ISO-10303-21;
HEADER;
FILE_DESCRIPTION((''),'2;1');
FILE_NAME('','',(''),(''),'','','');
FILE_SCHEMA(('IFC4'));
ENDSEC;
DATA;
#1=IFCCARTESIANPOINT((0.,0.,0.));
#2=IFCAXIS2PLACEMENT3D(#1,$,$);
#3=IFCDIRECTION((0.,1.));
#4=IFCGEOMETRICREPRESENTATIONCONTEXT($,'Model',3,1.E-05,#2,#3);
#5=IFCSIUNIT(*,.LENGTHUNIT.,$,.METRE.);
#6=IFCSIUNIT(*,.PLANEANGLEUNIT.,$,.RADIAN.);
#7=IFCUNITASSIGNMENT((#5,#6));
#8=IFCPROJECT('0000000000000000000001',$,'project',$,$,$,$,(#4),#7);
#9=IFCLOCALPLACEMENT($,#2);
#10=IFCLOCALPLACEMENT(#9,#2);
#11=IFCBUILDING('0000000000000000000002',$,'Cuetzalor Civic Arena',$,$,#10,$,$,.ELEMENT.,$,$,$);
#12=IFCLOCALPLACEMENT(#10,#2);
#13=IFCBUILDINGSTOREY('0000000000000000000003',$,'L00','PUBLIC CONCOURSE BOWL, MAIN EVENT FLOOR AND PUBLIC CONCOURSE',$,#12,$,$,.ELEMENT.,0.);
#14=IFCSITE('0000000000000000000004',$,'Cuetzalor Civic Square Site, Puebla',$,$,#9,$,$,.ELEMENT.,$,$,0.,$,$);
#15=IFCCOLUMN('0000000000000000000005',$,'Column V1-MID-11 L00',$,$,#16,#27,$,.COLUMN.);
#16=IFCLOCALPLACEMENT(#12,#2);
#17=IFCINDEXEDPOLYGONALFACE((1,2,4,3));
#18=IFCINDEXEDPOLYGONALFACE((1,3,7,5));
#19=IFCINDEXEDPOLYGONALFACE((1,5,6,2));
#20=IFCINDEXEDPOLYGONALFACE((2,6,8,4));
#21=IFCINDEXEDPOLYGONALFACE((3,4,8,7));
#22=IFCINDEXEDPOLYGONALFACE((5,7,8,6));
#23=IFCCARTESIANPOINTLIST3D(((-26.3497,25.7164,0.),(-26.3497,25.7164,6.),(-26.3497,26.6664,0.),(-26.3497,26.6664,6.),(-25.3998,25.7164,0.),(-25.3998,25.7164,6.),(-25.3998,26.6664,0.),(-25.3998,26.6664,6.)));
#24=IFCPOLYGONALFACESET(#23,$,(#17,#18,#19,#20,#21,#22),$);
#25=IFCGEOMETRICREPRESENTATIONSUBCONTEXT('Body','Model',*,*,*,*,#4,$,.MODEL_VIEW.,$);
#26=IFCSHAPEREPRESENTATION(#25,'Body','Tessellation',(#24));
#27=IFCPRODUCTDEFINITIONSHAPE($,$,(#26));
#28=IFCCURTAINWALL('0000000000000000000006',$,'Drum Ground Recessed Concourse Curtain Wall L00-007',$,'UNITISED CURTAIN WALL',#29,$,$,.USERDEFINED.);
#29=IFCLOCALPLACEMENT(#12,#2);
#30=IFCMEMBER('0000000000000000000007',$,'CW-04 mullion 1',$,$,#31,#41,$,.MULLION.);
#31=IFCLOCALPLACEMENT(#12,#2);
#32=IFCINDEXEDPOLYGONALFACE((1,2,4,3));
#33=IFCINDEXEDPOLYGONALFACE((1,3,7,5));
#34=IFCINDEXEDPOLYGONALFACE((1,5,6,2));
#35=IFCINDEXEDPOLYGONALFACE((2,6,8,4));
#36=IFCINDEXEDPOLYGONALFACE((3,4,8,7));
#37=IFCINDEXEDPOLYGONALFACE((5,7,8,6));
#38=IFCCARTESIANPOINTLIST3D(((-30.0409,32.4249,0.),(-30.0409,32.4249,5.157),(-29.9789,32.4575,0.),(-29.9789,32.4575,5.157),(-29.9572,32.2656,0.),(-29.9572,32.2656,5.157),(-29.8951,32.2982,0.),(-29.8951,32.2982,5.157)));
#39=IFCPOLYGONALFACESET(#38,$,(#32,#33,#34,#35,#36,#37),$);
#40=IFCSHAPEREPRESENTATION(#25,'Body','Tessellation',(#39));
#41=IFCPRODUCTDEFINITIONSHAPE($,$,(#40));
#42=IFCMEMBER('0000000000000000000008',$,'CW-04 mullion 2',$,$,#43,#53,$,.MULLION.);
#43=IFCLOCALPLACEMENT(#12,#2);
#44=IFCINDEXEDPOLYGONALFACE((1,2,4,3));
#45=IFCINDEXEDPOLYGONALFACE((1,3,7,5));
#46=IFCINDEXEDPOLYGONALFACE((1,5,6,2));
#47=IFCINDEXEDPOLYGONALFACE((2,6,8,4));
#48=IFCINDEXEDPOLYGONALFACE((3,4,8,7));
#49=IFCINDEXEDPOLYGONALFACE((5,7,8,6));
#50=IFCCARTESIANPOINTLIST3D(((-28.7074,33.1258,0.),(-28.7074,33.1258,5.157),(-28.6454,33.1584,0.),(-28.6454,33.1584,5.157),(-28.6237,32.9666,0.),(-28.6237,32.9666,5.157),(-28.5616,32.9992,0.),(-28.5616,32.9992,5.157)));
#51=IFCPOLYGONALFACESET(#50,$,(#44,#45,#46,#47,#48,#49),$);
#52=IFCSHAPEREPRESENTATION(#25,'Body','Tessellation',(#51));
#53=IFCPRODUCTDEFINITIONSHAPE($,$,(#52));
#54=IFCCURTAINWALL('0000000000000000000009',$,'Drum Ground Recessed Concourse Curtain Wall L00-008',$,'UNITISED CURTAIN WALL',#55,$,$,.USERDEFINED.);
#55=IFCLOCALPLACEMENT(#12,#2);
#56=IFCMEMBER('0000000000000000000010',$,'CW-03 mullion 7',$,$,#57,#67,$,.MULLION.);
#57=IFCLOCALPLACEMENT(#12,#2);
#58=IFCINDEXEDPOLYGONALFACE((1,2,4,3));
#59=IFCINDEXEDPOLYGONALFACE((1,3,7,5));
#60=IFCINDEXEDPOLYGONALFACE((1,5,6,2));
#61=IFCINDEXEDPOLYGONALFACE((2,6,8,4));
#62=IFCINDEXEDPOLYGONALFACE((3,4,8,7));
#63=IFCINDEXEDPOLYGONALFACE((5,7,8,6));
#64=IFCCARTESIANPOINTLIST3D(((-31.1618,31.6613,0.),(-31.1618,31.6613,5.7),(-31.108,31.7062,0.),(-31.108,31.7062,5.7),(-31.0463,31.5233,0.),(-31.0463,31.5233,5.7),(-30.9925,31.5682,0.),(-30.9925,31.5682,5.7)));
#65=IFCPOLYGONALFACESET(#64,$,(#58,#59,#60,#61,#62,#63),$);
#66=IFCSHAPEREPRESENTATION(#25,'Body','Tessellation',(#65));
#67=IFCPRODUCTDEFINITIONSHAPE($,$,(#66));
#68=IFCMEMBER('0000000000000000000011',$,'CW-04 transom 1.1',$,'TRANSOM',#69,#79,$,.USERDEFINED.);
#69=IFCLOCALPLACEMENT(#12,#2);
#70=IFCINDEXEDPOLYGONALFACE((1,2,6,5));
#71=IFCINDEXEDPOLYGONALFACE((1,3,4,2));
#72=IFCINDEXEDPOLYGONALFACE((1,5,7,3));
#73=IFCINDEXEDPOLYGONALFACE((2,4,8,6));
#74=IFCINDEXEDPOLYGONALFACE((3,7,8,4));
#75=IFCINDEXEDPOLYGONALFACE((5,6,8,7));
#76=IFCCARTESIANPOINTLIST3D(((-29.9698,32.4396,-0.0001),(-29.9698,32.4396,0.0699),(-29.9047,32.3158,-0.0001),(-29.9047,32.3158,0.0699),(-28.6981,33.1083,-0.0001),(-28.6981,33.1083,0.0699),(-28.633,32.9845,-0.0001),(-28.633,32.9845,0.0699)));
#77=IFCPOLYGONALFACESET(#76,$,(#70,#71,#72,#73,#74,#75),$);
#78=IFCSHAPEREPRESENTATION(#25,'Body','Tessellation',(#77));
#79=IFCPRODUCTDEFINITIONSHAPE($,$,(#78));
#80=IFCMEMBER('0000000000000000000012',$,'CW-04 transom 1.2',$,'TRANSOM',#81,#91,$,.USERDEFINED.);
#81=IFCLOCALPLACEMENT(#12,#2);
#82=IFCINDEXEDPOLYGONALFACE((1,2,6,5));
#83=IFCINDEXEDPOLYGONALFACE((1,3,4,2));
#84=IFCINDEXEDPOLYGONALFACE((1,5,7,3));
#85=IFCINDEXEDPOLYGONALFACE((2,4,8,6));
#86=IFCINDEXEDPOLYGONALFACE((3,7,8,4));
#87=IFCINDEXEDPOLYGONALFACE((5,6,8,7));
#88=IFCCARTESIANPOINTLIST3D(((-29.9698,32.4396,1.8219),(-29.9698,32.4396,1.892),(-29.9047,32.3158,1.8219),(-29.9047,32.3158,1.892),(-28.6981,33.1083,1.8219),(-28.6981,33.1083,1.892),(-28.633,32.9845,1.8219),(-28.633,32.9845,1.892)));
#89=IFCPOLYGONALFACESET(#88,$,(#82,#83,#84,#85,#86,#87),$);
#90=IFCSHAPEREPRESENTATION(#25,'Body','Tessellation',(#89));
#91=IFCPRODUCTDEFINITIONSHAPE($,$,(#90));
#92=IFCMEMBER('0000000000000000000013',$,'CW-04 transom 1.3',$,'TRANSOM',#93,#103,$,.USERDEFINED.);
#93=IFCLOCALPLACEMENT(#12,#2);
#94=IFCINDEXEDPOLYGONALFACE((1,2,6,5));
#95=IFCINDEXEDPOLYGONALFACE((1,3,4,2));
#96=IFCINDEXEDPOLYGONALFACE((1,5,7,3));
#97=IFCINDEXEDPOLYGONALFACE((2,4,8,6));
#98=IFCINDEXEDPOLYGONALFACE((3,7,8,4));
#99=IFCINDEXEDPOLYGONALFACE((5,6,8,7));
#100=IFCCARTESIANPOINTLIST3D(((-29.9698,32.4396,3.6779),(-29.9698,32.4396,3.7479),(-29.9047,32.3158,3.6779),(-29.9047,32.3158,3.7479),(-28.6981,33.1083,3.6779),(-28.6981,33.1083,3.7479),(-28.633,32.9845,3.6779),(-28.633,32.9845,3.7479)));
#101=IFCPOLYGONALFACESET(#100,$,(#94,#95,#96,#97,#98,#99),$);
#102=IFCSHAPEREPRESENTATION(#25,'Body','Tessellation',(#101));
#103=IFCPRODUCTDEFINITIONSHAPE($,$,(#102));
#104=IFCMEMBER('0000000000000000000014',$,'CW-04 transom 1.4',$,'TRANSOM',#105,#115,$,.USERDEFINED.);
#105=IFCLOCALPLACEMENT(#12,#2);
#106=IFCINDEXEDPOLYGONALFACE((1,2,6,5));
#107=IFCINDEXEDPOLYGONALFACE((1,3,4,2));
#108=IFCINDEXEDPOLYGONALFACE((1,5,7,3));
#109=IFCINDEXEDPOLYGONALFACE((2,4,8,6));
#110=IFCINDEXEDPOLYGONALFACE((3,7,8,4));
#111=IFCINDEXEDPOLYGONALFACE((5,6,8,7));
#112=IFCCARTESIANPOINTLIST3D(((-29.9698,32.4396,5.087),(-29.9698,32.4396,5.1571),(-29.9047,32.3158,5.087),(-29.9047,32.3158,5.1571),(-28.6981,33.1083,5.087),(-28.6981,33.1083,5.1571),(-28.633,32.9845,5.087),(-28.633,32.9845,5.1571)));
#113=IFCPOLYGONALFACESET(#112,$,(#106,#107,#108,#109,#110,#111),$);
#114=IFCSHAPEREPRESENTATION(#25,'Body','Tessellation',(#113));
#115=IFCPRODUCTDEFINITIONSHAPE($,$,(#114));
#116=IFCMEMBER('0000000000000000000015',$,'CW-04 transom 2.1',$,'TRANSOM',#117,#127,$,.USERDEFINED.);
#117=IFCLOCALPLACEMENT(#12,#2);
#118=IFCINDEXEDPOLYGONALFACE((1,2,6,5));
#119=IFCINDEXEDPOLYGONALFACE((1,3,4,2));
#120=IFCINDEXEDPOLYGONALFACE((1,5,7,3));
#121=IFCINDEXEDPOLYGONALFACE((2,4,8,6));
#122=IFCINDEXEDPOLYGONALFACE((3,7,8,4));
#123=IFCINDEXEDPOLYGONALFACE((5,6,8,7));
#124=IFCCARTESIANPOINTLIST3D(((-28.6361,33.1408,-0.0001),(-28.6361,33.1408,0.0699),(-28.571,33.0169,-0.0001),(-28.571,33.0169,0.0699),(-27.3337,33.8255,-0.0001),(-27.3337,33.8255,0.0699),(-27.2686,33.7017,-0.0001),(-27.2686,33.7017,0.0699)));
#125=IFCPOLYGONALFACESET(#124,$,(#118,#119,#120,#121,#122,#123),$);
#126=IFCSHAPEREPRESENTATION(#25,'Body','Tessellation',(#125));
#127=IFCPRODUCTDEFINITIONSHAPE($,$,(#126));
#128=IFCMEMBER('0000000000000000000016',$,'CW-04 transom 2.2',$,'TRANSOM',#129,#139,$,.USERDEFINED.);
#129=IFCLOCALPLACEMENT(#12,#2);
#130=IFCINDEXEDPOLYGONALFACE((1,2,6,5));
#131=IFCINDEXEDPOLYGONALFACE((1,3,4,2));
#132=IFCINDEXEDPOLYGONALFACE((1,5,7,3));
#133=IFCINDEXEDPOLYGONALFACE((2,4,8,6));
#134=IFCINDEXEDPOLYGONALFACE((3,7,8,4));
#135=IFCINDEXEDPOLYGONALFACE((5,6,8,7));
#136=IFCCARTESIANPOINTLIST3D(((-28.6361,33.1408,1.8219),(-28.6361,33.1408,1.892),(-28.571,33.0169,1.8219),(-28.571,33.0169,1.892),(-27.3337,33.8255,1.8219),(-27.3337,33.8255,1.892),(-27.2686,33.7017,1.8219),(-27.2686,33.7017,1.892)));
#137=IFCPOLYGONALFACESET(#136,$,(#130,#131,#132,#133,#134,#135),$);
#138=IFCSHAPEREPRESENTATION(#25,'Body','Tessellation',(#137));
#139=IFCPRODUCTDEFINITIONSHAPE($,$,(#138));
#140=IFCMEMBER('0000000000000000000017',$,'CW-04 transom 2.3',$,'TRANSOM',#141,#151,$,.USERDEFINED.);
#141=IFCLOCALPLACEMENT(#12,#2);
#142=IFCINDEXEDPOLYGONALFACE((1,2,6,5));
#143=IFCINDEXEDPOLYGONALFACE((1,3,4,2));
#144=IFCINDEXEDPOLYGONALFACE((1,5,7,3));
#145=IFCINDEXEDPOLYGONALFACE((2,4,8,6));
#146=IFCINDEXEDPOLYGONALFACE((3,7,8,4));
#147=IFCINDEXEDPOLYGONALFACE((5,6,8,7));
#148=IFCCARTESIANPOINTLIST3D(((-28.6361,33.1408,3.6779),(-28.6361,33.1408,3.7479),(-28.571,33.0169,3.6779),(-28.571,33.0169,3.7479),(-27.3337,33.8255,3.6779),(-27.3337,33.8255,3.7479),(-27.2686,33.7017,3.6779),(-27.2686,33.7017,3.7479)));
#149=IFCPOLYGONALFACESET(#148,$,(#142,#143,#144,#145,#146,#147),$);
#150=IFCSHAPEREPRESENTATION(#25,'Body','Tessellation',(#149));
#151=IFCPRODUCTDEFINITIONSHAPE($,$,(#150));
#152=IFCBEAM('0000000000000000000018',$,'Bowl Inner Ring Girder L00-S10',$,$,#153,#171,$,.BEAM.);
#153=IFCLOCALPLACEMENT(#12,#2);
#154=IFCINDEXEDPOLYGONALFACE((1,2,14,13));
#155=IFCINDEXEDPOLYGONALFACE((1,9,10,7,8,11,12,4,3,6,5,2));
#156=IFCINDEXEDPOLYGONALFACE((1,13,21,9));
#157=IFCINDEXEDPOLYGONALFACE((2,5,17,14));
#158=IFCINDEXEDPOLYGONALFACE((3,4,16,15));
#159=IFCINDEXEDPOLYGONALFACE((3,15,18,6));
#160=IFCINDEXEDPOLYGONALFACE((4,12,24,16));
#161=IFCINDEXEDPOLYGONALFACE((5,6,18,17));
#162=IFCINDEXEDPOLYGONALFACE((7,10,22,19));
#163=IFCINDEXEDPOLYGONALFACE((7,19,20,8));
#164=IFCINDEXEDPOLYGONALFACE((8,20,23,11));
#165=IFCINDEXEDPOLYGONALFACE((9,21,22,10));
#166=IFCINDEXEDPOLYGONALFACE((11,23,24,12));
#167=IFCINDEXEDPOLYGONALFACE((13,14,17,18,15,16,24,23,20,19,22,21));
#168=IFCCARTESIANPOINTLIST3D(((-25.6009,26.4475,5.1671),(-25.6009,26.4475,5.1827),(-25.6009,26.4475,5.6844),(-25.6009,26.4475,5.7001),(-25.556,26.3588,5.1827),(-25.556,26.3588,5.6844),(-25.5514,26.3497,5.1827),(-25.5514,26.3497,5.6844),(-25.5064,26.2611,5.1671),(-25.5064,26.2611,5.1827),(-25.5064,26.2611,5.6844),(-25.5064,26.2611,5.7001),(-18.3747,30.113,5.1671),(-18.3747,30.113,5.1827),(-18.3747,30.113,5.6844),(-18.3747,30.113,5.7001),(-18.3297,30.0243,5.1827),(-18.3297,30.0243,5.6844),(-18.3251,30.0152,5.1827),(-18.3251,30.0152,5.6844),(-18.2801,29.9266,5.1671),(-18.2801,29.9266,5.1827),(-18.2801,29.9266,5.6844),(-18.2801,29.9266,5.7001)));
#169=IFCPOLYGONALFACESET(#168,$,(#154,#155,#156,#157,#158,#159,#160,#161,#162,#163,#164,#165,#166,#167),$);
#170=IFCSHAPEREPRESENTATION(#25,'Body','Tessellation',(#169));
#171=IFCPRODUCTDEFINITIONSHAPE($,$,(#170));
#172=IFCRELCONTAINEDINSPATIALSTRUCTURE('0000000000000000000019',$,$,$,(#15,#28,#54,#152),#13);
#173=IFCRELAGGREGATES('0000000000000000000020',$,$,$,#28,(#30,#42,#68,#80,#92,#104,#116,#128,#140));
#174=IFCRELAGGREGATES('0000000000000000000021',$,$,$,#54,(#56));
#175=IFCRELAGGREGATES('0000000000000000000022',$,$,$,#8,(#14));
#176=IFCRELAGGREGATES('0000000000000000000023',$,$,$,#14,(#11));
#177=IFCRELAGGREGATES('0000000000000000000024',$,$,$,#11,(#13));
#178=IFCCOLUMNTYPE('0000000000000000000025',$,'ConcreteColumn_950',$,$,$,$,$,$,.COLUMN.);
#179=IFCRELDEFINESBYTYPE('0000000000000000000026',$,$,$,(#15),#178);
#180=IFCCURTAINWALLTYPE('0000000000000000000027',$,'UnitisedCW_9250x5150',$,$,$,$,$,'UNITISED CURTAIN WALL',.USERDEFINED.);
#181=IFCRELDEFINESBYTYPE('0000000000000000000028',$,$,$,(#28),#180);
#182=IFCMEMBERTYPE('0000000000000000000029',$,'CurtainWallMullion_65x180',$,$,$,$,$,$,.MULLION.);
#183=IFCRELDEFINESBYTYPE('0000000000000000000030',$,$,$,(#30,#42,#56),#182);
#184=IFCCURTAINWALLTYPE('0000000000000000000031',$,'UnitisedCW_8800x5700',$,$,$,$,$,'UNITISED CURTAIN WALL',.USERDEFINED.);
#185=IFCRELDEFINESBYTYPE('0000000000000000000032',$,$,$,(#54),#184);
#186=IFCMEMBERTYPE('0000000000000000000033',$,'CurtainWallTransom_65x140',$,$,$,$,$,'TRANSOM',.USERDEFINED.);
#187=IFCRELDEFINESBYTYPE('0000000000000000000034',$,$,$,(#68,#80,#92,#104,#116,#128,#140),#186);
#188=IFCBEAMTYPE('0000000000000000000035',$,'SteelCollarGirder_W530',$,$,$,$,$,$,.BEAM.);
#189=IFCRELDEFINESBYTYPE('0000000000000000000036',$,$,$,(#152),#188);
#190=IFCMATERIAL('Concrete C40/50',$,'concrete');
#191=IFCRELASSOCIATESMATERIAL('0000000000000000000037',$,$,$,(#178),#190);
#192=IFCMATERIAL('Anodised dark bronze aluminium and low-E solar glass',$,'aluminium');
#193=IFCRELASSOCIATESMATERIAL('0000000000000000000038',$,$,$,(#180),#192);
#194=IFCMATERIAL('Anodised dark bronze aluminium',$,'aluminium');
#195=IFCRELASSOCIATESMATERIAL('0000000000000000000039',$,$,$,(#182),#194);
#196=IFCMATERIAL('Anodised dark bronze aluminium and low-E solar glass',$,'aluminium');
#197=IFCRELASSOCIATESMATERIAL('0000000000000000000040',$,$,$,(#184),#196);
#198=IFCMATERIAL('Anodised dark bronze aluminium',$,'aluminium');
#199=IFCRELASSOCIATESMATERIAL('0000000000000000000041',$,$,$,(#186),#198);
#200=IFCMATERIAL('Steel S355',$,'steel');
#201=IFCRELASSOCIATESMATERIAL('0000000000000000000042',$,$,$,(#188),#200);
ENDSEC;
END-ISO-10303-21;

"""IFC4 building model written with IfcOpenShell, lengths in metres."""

from ifc_helpers import new_model, si_unit, direction, frame, origin, origin_2d, place, context, subcontext, project, spatial, rectangle, i_section, extrude, material, material_profile, profile_set, type_object, element, aggregate, save


model = new_model("IFC4")

# Units and contexts
model_context = context("Model", 3, precision=1e-05, world=origin(), true_north=direction((0.0, 1.0)))
body_context = subcontext(model_context, "Body", "Model", "MODEL_VIEW")
ifc_project = project(units=[si_unit("LENGTHUNIT", "METRE"), si_unit("PLANEANGLEUNIT", "RADIAN")], contexts=[model_context])

# Site, building, storey
site_placement = place(None, origin())
site = spatial("IfcSite", under=ifc_project, at=site_placement, Name="Cuetzalor Civic Square Site, Puebla", CompositionType="ELEMENT", RefElevation=0.0)
building_placement = place(site_placement, origin())
building = spatial("IfcBuilding", under=site, at=building_placement, Name="Cuetzalor Civic Arena", CompositionType="ELEMENT")
storey_placement = place(building_placement, origin())
storey = spatial("IfcBuildingStorey", under=building, at=storey_placement, Name="L00", Description="PUBLIC CONCOURSE BOWL, MAIN EVENT FLOOR AND PUBLIC CONCOURSE", CompositionType="ELEMENT", Elevation=0.0)

# Column
ifc_material_1 = material(Name="Concrete C40/50", Category="concrete")
ifc_material_profile_1 = material_profile(ifc_material_1, rectangle(XDim=0.95, YDim=0.95, at=origin_2d()), Name="RC 950x950")
ifc_profile_set_1 = profile_set([ifc_material_profile_1], Name="Concrete C40/50")
column_type = type_object("IfcColumnType", Name="ConcreteColumn_950", PredefinedType="COLUMN", material=ifc_profile_set_1)
for number, where, z_axis, x_axis, name in (
    (1, (-25.8748, 26.1914, 0.0), (0.0, 0.0, 1.0), (1.0, 0.0, 0.0), "Column V1-MID-11 L00"),
):
    element("IfcColumn", number, at=place(storey_placement, frame(where, z_axis=z_axis, x_axis=x_axis)), inside=storey, type_object=column_type, Name=name, PredefinedType="COLUMN", context=body_context, shape_type="SweptSolid", body=[
        extrude(rectangle(XDim=0.95, YDim=0.95, at=origin_2d()), origin(), (0.0, 0.0, 1.0), 6.0),
    ])

# Curtain wall, members
ifc_material_2 = material(Name="Anodised dark bronze aluminium and low-E solar glass", Category="aluminium")
curtain_wall_type_1 = type_object("IfcCurtainWallType", Name="UnitisedCW_9250x5150", ElementType="UNITISED CURTAIN WALL", PredefinedType="USERDEFINED", material=ifc_material_2)
curtain_wall_1_placement = place(storey_placement, origin())
curtain_wall_1 = element("IfcCurtainWall", 2, at=curtain_wall_1_placement, inside=storey, type_object=curtain_wall_type_1, Name="Drum Ground Recessed Concourse Curtain Wall L00-007", ObjectType="UNITISED CURTAIN WALL", PredefinedType="USERDEFINED")
ifc_material_3 = material(Name="Anodised dark bronze aluminium", Category="aluminium")
ifc_material_profile_2 = material_profile(ifc_material_3, rectangle(XDim=0.0701, YDim=0.1799, at=origin_2d()), Name="ALU MULLION 70x180")
ifc_profile_set_2 = profile_set([ifc_material_profile_2], Name="Anodised dark bronze aluminium")
member_type_1 = type_object("IfcMemberType", Name="CurtainWallMullion_65x180", PredefinedType="MULLION", material=ifc_profile_set_2)
member_1_placement = place(storey_placement, frame((-29.968, 32.3616, 0.0), z_axis=(0.0, 0.0, 1.0), x_axis=(0.885118, 0.465366, 0.0)))
member_1 = element("IfcMember", 3, at=member_1_placement, type_object=member_type_1, Name="CW-04 mullion 1", PredefinedType="MULLION", context=body_context, shape_type="SweptSolid", body=[
    extrude(rectangle(XDim=0.0701, YDim=0.1799, at=origin_2d()), origin(), (0.0, 0.0, 1.0), 5.157),
])
member_2_placement = place(storey_placement, frame((-28.6345, 33.0625, 0.0), z_axis=(0.0, 0.0, 1.0), x_axis=(0.885118, 0.465366, 0.0)))
member_2 = element("IfcMember", 4, at=member_2_placement, type_object=member_type_1, Name="CW-04 mullion 2", PredefinedType="MULLION", context=body_context, shape_type="SweptSolid", body=[
    extrude(rectangle(XDim=0.0701, YDim=0.1799, at=origin_2d()), origin(), (0.0, 0.0, 1.0), 5.157),
])

# Curtain wall, member
ifc_material_4 = material(Name="Anodised dark bronze aluminium and low-E solar glass", Category="aluminium")
curtain_wall_type_2 = type_object("IfcCurtainWallType", Name="UnitisedCW_8800x5700", ElementType="UNITISED CURTAIN WALL", PredefinedType="USERDEFINED", material=ifc_material_4)
curtain_wall_2_placement = place(storey_placement, origin())
curtain_wall_2 = element("IfcCurtainWall", 5, at=curtain_wall_2_placement, inside=storey, type_object=curtain_wall_type_2, Name="Drum Ground Recessed Concourse Curtain Wall L00-008", ObjectType="UNITISED CURTAIN WALL", PredefinedType="USERDEFINED")
member_3_placement = place(storey_placement, frame((-31.0771, 31.6147, 0.0), z_axis=(0.0, 0.0, 1.0), x_axis=(0.766928, 0.641733, 0.0)))
member_3 = element("IfcMember", 6, at=member_3_placement, type_object=member_type_1, Name="CW-03 mullion 7", PredefinedType="MULLION", context=body_context, shape_type="SweptSolid", body=[
    extrude(rectangle(XDim=0.0701, YDim=0.1799, at=origin_2d()), origin(), (0.0, 0.0, 1.0), 5.7),
])

# Members
ifc_material_5 = material(Name="Anodised dark bronze aluminium", Category="aluminium")
ifc_material_profile_3 = material_profile(ifc_material_5, rectangle(XDim=0.1399, YDim=0.0701, at=origin_2d()), Name="ALU TRANSOM 70x140")
ifc_profile_set_3 = profile_set([ifc_material_profile_3], Name="Anodised dark bronze aluminium")
member_type_2 = type_object("IfcMemberType", Name="CurtainWallTransom_65x140", ElementType="TRANSOM", PredefinedType="USERDEFINED", material=ifc_profile_set_3)
member_4_placement = place(storey_placement, frame((-29.9373, 32.3777, 0.0349), z_axis=(0.885099, 0.465403, 0.0), x_axis=(-0.465403, 0.885099, 0.0)))
member_4 = element("IfcMember", 7, at=member_4_placement, type_object=member_type_2, Name="CW-04 transom 1.1", ObjectType="TRANSOM", PredefinedType="USERDEFINED", context=body_context, shape_type="SweptSolid", body=[
    extrude(rectangle(XDim=0.1399, YDim=0.0701, at=origin_2d()), origin(), (0.0, 0.0, 1.0), 1.4368),
])
member_5_placement = place(storey_placement, frame((-29.9373, 32.3777, 1.8569), z_axis=(0.885099, 0.465403, 0.0), x_axis=(-0.465403, 0.885099, 0.0)))
member_5 = element("IfcMember", 8, at=member_5_placement, type_object=member_type_2, Name="CW-04 transom 1.2", ObjectType="TRANSOM", PredefinedType="USERDEFINED", context=body_context, shape_type="SweptSolid", body=[
    extrude(rectangle(XDim=0.1399, YDim=0.0701, at=origin_2d()), origin(), (0.0, 0.0, 1.0), 1.4368),
])
member_6_placement = place(storey_placement, frame((-29.9373, 32.3777, 3.7129), z_axis=(0.885099, 0.465403, 0.0), x_axis=(-0.465403, 0.885099, 0.0)))
member_6 = element("IfcMember", 9, at=member_6_placement, type_object=member_type_2, Name="CW-04 transom 1.3", ObjectType="TRANSOM", PredefinedType="USERDEFINED", context=body_context, shape_type="SweptSolid", body=[
    extrude(rectangle(XDim=0.1399, YDim=0.0701, at=origin_2d()), origin(), (0.0, 0.0, 1.0), 1.4368),
])
member_7_placement = place(storey_placement, frame((-29.9373, 32.3777, 5.1221), z_axis=(0.885099, 0.465403, 0.0), x_axis=(-0.465403, 0.885099, 0.0)))
member_7 = element("IfcMember", 10, at=member_7_placement, type_object=member_type_2, Name="CW-04 transom 1.4", ObjectType="TRANSOM", PredefinedType="USERDEFINED", context=body_context, shape_type="SweptSolid", body=[
    extrude(rectangle(XDim=0.1399, YDim=0.0701, at=origin_2d()), origin(), (0.0, 0.0, 1.0), 1.4368),
])
member_8_placement = place(storey_placement, frame((-28.6035, 33.0789, 0.0349), z_axis=(0.885116, 0.46537, 0.0), x_axis=(-0.46537, 0.885116, 0.0)))
member_8 = element("IfcMember", 11, at=member_8_placement, type_object=member_type_2, Name="CW-04 transom 2.1", ObjectType="TRANSOM", PredefinedType="USERDEFINED", context=body_context, shape_type="SweptSolid", body=[
    extrude(rectangle(XDim=0.1399, YDim=0.0701, at=origin_2d()), origin(), (0.0, 0.0, 1.0), 1.4714),
])
member_9_placement = place(storey_placement, frame((-28.6035, 33.0789, 1.8569), z_axis=(0.885116, 0.46537, 0.0), x_axis=(-0.46537, 0.885116, 0.0)))
member_9 = element("IfcMember", 12, at=member_9_placement, type_object=member_type_2, Name="CW-04 transom 2.2", ObjectType="TRANSOM", PredefinedType="USERDEFINED", context=body_context, shape_type="SweptSolid", body=[
    extrude(rectangle(XDim=0.1399, YDim=0.0701, at=origin_2d()), origin(), (0.0, 0.0, 1.0), 1.4714),
])
member_10_placement = place(storey_placement, frame((-28.6035, 33.0789, 3.7129), z_axis=(0.885116, 0.46537, 0.0), x_axis=(-0.46537, 0.885116, 0.0)))
member_10 = element("IfcMember", 13, at=member_10_placement, type_object=member_type_2, Name="CW-04 transom 2.3", ObjectType="TRANSOM", PredefinedType="USERDEFINED", context=body_context, shape_type="SweptSolid", body=[
    extrude(rectangle(XDim=0.1399, YDim=0.0701, at=origin_2d()), origin(), (0.0, 0.0, 1.0), 1.4714),
])

# Beam
ifc_material_6 = material(Name="Steel S355", Category="steel")
ifc_material_profile_4 = material_profile(ifc_material_6, i_section(OverallWidth=0.209, OverallDepth=0.533, WebThickness=0.0103, FlangeThickness=0.0156, at=origin_2d()), Name="W530x92")
ifc_profile_set_4 = profile_set([ifc_material_profile_4], Name="Steel S355")
beam_type_1 = type_object("IfcBeamType", Name="SteelCollarGirder_W530", PredefinedType="BEAM", material=ifc_profile_set_4)
beam_1_placement = place(storey_placement, frame((-18.3274, 30.0198, 5.4336), z_axis=(-0.891827, -0.452376, 0.0), x_axis=(0.452376, -0.891827, 0.0)))
element("IfcBeam", 14, at=beam_1_placement, inside=storey, type_object=beam_type_1, Name="Bowl Inner Ring Girder L00-S10", PredefinedType="BEAM", context=body_context, shape_type="SweptSolid", body=[
    extrude(i_section(OverallWidth=0.209, OverallDepth=0.533, WebThickness=0.0103, FlangeThickness=0.0156, at=origin_2d()), origin(), (0.0, 0.0, 1.0), 8.1028),
])

aggregate(curtain_wall_1, [member_1, member_2, member_4, member_5, member_6, member_7, member_8, member_9, member_10])
aggregate(curtain_wall_2, [member_3])

save(model, "model.ifc")
